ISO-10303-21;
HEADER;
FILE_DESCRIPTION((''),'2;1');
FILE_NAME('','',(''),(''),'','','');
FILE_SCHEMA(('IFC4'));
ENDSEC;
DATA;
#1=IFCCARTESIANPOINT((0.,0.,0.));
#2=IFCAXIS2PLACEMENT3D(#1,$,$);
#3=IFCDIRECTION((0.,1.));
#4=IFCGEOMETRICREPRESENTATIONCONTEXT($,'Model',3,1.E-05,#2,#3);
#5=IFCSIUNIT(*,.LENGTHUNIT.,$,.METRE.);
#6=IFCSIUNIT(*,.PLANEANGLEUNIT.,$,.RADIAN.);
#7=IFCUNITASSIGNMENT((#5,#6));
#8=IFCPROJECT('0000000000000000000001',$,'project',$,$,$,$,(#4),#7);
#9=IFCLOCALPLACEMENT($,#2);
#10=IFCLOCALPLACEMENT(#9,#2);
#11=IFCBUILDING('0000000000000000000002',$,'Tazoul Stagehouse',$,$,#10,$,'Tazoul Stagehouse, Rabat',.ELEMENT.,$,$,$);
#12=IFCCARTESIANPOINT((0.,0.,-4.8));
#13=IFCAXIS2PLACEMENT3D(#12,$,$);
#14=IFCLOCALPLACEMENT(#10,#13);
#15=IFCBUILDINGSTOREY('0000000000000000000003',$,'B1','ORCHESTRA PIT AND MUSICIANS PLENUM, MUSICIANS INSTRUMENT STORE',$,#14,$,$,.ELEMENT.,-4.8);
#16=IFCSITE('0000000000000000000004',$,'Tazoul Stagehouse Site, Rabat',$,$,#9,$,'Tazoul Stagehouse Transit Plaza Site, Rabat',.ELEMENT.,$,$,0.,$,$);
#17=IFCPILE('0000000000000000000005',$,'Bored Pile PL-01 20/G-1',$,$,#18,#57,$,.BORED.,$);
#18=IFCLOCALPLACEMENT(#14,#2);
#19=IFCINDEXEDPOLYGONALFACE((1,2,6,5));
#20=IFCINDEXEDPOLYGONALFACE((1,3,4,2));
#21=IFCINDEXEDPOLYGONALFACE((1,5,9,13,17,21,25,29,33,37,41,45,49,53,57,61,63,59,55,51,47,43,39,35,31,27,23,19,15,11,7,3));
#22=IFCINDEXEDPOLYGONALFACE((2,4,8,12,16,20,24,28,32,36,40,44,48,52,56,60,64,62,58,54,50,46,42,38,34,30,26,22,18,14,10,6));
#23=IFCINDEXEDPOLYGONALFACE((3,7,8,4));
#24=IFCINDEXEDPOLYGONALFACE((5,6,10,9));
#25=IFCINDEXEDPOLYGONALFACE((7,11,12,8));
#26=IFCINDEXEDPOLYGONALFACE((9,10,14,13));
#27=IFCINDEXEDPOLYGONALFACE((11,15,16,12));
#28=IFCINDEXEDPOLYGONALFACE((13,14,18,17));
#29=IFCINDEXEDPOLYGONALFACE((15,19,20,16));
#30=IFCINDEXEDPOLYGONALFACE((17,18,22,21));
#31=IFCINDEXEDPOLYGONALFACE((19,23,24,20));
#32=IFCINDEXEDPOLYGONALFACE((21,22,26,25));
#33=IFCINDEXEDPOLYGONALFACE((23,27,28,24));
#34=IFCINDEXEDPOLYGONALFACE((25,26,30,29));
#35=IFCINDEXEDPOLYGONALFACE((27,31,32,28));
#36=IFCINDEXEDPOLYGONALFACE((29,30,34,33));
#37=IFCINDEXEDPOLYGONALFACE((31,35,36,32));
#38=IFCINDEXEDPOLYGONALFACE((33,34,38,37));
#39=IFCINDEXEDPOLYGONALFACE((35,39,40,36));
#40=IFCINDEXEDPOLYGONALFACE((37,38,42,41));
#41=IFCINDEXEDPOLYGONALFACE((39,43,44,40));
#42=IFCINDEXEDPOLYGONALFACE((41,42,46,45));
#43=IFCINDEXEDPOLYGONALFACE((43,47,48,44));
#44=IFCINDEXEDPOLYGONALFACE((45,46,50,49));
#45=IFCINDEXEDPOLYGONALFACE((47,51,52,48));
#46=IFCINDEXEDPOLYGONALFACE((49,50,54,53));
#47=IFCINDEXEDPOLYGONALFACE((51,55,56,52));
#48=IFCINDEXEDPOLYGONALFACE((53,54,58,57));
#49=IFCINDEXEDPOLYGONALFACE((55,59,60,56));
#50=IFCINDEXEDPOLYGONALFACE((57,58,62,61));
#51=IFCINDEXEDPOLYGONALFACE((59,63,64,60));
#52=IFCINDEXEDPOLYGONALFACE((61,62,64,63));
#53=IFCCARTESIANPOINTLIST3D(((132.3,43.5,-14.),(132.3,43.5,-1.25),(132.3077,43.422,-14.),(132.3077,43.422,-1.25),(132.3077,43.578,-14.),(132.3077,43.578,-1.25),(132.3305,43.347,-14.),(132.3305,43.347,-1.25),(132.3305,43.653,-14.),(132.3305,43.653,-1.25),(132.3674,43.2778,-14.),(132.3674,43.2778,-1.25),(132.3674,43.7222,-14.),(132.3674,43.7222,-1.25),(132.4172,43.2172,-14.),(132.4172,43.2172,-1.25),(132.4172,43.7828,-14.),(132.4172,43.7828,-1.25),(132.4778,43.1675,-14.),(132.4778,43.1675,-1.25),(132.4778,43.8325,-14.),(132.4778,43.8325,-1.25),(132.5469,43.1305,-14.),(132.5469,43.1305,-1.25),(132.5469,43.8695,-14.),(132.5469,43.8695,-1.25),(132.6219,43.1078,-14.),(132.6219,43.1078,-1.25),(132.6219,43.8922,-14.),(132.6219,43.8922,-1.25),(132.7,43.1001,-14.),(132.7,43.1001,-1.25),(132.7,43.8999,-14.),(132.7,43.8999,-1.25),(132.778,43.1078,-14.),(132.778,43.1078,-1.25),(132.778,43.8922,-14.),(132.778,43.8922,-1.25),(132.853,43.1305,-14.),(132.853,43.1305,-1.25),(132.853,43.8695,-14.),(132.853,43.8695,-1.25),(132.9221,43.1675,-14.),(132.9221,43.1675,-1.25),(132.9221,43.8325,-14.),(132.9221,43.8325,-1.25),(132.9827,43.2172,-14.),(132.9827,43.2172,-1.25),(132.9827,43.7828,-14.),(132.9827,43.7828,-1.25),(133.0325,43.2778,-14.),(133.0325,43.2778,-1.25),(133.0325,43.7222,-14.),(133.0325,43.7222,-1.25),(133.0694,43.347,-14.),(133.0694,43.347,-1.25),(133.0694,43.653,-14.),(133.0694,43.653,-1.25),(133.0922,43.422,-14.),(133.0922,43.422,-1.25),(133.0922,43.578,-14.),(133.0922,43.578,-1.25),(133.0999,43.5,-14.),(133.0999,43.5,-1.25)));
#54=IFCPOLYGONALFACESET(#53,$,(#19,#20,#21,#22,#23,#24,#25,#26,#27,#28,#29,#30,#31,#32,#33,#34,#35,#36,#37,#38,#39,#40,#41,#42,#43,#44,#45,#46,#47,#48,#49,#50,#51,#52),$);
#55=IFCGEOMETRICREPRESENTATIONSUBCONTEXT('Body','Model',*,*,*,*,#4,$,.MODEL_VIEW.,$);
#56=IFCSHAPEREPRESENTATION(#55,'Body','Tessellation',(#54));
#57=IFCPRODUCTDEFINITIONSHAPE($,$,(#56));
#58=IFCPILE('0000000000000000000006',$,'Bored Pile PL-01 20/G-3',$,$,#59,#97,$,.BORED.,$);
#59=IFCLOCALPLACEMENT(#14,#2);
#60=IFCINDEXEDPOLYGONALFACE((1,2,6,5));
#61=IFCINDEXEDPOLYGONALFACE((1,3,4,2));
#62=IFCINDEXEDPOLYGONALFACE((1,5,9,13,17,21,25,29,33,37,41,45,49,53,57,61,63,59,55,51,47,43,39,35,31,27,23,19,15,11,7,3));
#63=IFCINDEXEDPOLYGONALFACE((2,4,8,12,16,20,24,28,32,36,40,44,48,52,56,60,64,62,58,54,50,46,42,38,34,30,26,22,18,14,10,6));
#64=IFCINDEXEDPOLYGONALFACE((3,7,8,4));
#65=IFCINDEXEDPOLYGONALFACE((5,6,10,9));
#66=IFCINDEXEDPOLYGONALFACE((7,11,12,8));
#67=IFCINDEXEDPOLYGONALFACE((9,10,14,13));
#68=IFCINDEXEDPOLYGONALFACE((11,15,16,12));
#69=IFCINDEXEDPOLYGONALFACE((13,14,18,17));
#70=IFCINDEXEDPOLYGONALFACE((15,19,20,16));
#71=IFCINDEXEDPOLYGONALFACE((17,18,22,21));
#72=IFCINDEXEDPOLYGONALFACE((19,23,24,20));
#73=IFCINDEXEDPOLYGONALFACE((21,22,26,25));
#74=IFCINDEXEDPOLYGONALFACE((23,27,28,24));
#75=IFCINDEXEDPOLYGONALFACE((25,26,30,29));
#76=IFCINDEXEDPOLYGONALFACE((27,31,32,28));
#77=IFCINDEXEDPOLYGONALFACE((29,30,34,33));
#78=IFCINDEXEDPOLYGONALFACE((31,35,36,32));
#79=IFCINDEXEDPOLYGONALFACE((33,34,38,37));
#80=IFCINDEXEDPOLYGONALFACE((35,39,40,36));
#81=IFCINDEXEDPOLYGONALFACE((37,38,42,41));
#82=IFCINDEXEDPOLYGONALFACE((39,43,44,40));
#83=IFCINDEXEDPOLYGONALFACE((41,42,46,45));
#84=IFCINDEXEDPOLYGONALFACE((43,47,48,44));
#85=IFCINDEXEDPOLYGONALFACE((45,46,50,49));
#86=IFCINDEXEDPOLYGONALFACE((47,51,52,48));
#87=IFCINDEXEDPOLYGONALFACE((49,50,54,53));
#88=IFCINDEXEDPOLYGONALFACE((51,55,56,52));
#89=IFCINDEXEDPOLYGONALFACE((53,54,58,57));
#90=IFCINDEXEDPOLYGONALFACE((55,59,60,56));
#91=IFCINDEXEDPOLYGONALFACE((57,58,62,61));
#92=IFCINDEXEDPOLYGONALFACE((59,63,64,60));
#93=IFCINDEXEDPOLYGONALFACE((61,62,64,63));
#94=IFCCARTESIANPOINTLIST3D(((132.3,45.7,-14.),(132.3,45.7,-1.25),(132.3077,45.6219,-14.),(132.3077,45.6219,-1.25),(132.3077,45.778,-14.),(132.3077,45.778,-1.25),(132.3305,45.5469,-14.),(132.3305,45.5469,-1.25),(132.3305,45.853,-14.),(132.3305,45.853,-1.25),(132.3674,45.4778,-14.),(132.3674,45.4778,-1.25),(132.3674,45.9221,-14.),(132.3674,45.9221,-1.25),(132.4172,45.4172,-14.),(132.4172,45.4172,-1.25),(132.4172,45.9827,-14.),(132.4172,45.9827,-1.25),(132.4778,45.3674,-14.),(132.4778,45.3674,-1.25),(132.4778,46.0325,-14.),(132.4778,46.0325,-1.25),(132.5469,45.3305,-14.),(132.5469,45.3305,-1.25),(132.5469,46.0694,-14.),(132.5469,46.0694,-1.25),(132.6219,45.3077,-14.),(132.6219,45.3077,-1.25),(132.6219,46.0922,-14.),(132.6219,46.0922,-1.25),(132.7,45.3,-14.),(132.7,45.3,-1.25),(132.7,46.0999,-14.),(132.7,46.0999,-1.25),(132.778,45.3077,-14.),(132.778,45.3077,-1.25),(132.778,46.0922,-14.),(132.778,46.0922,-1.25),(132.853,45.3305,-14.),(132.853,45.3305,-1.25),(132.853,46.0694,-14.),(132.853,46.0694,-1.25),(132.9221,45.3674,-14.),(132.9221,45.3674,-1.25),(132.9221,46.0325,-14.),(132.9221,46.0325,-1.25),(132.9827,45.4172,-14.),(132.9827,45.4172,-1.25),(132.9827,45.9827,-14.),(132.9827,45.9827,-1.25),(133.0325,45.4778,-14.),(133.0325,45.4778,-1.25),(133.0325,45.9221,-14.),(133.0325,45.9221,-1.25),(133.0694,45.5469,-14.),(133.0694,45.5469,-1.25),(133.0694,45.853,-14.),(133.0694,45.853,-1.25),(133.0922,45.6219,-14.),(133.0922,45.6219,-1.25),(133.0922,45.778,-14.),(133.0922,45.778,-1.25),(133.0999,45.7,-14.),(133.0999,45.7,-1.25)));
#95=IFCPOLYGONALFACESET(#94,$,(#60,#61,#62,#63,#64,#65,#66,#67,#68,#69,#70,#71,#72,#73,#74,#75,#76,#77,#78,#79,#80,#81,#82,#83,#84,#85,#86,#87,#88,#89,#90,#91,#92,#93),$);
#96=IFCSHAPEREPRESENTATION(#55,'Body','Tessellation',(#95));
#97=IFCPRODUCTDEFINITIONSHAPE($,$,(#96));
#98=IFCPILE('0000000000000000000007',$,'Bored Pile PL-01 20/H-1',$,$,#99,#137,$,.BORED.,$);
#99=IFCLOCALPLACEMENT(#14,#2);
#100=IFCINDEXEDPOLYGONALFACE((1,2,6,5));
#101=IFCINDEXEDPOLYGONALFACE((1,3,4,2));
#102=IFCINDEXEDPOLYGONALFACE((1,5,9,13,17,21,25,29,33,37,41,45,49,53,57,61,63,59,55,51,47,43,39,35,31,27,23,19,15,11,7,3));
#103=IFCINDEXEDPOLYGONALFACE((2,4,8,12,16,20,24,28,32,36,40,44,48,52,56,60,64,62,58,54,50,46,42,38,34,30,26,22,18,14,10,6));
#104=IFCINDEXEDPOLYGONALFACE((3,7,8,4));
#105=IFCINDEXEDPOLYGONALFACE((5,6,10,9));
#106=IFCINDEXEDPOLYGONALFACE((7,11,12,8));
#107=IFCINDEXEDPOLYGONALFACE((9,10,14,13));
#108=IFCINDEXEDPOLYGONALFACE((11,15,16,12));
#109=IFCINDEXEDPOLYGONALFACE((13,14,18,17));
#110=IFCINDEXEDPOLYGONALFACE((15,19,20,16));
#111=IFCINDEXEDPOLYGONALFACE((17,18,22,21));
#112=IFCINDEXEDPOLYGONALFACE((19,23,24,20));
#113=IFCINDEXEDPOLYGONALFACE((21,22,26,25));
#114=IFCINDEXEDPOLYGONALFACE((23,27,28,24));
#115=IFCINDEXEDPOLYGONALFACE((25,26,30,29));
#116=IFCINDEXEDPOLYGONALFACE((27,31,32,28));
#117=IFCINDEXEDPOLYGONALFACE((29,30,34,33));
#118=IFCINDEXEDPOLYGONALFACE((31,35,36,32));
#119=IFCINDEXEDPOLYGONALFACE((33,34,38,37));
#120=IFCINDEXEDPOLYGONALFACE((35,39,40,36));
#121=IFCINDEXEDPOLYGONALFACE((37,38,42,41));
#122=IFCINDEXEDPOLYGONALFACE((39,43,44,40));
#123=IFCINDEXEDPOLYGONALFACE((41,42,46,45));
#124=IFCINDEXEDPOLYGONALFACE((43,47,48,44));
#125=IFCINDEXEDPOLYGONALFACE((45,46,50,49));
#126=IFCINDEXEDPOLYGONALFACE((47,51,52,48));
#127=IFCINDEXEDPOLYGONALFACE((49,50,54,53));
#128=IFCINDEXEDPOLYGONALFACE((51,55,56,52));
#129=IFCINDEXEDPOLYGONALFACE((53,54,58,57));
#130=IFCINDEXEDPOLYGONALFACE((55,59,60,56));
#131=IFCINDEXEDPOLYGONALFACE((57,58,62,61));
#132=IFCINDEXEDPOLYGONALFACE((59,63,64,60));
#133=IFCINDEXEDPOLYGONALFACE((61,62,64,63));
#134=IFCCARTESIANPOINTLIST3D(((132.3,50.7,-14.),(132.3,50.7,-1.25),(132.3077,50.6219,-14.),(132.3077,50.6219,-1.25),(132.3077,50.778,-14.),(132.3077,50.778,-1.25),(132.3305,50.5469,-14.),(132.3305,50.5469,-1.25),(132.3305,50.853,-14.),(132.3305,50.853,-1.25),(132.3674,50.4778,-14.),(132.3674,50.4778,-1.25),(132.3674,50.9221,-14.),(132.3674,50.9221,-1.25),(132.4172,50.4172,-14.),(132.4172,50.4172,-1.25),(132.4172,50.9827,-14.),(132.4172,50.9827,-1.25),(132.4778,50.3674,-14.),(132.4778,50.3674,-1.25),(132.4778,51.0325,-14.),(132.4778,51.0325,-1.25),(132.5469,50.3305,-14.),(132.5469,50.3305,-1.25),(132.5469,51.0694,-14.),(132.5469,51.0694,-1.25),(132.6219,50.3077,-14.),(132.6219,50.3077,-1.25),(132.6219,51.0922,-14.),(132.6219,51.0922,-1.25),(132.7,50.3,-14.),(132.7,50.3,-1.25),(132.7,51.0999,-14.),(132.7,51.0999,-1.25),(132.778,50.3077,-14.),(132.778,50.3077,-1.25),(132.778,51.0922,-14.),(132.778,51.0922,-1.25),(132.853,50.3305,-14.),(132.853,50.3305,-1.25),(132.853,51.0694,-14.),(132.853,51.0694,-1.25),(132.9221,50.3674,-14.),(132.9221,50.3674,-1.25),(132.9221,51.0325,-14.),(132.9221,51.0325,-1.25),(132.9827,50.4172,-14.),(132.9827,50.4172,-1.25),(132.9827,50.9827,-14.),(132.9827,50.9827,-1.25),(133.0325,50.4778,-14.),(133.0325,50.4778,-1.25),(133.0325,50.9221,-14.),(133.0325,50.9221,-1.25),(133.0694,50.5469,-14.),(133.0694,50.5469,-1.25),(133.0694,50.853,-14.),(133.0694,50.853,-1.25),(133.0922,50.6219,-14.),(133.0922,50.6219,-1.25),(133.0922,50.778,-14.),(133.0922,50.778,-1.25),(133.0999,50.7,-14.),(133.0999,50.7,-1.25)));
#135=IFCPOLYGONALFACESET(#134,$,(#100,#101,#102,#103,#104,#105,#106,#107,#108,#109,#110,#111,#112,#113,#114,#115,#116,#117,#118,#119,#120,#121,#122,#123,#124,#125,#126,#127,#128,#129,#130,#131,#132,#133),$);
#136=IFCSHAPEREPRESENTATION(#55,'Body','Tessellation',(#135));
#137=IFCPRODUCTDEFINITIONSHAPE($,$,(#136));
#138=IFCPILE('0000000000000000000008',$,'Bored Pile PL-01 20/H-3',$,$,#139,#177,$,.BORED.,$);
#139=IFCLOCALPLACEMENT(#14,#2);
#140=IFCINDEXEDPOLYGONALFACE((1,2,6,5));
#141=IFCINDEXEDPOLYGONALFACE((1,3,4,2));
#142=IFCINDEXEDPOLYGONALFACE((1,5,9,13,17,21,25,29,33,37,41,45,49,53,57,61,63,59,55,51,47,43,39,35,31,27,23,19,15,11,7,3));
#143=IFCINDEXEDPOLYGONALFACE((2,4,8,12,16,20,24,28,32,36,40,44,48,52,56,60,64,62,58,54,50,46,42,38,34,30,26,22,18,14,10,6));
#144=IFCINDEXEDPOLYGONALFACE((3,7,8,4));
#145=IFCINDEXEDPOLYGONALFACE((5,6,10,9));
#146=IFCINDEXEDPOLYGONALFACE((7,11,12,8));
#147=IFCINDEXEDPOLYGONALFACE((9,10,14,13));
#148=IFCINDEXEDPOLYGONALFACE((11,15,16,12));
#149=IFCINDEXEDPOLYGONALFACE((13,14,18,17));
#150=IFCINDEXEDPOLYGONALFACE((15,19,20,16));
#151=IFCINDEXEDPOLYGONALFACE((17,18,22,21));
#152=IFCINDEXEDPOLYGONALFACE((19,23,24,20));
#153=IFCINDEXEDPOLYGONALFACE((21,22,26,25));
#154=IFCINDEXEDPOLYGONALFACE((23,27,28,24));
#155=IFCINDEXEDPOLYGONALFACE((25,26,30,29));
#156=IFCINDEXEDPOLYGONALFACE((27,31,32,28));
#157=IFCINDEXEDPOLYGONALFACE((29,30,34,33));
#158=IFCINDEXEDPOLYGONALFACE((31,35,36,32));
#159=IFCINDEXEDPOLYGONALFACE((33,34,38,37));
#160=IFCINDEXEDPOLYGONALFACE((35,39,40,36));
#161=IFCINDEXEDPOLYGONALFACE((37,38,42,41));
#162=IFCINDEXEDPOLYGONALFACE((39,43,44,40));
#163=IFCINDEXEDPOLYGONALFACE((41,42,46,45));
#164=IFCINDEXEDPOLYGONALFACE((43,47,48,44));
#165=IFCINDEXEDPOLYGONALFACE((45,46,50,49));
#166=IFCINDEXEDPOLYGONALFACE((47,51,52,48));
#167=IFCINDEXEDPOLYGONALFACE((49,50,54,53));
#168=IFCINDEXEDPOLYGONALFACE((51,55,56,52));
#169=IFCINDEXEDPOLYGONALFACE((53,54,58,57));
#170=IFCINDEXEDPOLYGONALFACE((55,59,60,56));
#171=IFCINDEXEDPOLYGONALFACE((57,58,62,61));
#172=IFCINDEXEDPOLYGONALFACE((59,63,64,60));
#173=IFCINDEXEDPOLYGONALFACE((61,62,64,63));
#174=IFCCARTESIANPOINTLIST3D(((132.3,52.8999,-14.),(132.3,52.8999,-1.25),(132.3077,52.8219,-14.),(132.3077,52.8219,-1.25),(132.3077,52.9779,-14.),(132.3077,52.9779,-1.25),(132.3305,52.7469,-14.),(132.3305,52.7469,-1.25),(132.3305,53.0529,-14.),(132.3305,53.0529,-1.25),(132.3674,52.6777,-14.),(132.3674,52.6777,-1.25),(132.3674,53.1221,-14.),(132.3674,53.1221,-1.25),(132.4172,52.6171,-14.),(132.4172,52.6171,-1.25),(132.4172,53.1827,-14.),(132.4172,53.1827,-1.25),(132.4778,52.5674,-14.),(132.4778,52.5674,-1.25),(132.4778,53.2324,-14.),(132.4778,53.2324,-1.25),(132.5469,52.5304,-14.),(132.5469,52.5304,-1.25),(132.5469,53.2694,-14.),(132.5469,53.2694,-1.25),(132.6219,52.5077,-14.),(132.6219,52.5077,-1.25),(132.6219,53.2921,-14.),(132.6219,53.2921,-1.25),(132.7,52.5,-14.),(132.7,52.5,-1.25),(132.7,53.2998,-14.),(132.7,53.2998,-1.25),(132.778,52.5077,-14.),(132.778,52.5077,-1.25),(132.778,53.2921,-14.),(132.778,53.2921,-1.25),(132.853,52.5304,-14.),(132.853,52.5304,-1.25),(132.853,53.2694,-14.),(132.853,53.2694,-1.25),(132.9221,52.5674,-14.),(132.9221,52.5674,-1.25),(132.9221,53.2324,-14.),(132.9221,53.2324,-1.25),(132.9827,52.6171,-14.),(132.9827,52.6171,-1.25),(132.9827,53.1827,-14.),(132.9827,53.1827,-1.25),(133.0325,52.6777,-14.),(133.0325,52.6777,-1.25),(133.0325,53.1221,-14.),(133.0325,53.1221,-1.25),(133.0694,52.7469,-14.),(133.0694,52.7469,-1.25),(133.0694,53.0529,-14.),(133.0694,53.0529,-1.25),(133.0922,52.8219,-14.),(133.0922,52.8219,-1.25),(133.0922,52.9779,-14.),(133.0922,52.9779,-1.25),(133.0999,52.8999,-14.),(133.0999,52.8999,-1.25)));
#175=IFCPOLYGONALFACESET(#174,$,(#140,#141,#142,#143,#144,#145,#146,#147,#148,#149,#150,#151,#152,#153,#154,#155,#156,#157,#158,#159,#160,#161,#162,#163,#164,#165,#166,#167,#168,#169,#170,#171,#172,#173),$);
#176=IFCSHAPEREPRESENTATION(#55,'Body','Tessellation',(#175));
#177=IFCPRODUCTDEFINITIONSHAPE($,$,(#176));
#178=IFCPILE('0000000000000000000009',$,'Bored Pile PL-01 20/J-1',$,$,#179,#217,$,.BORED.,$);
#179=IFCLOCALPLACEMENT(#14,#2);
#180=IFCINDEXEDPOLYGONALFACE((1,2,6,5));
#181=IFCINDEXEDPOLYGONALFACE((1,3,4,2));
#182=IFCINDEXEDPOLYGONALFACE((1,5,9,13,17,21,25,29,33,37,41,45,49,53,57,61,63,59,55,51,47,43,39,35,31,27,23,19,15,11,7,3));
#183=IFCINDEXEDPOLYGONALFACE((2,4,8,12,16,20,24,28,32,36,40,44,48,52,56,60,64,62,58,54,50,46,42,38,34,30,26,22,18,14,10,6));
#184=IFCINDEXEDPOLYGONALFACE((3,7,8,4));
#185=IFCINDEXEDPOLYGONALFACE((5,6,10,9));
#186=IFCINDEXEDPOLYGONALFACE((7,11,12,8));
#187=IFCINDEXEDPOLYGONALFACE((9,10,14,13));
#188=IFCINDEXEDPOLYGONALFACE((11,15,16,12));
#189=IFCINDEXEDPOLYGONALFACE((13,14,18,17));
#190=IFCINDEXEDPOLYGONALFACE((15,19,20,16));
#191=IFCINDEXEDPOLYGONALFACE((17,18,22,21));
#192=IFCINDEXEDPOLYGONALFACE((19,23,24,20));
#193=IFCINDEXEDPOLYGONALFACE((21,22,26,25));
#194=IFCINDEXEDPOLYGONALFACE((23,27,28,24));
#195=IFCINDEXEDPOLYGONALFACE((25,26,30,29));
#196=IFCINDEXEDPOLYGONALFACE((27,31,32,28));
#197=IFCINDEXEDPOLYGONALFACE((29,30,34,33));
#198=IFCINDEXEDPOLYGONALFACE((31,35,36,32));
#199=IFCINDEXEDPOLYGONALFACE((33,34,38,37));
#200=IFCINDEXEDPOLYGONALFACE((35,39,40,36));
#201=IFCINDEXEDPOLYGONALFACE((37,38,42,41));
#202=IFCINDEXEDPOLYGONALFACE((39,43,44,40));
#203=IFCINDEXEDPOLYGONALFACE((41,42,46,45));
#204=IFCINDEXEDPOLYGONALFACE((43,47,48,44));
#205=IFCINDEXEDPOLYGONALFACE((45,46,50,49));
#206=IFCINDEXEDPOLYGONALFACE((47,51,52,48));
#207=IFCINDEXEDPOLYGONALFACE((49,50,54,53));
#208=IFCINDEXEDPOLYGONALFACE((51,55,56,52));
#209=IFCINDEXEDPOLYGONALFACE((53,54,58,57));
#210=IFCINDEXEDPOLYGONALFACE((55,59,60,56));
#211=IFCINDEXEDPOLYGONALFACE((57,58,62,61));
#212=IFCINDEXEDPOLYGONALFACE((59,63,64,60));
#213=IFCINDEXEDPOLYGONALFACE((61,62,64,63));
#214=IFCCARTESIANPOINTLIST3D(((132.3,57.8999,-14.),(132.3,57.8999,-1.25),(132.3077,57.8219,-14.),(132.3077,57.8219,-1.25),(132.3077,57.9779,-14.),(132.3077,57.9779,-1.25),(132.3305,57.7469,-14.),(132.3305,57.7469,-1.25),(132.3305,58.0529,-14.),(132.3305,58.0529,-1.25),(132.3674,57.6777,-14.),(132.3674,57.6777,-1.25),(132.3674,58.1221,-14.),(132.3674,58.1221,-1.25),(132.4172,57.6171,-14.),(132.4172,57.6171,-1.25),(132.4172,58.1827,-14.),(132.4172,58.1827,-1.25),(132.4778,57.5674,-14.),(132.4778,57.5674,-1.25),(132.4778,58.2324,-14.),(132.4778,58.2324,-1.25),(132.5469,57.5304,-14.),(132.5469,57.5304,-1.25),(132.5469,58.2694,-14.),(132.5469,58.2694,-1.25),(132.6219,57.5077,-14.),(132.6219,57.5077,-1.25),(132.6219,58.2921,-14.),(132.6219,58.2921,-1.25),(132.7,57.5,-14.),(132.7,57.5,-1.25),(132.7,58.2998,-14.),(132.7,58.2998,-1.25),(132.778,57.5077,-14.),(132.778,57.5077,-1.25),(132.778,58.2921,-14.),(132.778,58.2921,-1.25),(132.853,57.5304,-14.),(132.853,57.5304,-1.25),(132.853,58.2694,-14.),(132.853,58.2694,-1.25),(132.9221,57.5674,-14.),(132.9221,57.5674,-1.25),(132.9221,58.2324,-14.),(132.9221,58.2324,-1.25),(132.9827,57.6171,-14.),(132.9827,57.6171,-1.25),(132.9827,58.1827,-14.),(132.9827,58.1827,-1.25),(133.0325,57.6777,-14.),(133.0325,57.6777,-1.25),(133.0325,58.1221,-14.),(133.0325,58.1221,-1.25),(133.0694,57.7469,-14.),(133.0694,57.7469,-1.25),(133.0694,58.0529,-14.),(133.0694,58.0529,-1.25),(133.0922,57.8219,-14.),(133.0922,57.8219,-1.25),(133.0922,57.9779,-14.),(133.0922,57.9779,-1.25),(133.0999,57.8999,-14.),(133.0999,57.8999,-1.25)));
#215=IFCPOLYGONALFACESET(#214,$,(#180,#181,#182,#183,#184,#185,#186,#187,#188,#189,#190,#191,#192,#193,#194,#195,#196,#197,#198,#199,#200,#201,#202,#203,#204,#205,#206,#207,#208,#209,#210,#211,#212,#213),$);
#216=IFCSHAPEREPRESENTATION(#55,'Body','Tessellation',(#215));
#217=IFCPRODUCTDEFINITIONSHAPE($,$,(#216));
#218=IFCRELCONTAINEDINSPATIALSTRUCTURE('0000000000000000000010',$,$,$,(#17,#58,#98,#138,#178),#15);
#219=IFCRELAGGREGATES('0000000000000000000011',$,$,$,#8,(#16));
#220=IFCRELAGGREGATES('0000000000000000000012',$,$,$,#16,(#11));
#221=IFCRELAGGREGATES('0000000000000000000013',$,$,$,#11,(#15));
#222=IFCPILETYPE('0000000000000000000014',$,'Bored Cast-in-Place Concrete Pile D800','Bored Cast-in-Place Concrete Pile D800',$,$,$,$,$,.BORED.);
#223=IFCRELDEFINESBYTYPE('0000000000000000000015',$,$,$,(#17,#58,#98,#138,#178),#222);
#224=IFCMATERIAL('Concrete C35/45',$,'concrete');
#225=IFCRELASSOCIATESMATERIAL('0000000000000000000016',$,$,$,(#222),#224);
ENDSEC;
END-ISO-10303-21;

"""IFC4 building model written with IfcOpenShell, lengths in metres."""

from ifc_helpers import new_model, si_unit, direction, frame, origin, origin_2d, place, context, subcontext, project, spatial, circle, extrude, material, material_profile, profile_set, type_object, element, save


model = new_model("IFC4")

# Units and contexts
model_context = context("Model", 3, precision=1e-05, world=origin(), true_north=direction((0.0, 1.0)))
body_context = subcontext(model_context, "Body", "Model", "MODEL_VIEW")
ifc_project = project(units=[si_unit("LENGTHUNIT", "METRE"), si_unit("PLANEANGLEUNIT", "RADIAN")], contexts=[model_context])

# Site, building, storey
site_placement = place(None, origin())
site = spatial("IfcSite", under=ifc_project, at=site_placement, Name="Tazoul Stagehouse Site, Rabat", LongName="Tazoul Stagehouse Transit Plaza Site, Rabat", CompositionType="ELEMENT", RefElevation=0.0)
building_placement = place(site_placement, origin())
building = spatial("IfcBuilding", under=site, at=building_placement, Name="Tazoul Stagehouse", LongName="Tazoul Stagehouse, Rabat", CompositionType="ELEMENT")
storey_placement = place(building_placement, frame((0.0, 0.0, -4.8)))
storey = spatial("IfcBuildingStorey", under=building, at=storey_placement, Name="B1", Description="ORCHESTRA PIT AND MUSICIANS PLENUM, MUSICIANS INSTRUMENT STORE", CompositionType="ELEMENT", Elevation=-4.8)

# Piles
ifc_material_1 = material(Name="Concrete C35/45", Category="concrete")
ifc_material_profile_1 = material_profile(ifc_material_1, circle(Radius=0.3999, at=origin_2d()), Name="BORED PILE 800")
ifc_profile_set_1 = profile_set([ifc_material_profile_1], Name="Concrete C35/45")
pile_type = type_object("IfcPileType", Name="Bored Cast-in-Place Concrete Pile D800", Description="Bored Cast-in-Place Concrete Pile D800", PredefinedType="BORED", material=ifc_profile_set_1)
for number, where, z_axis, x_axis, name in (
    (1, (132.7, 43.5, -1.25), (0.0, 0.0, -1.0), (1.0, 0.0, 0.0), "Bored Pile PL-01 20/G-1"),
    (2, (132.7, 45.7, -1.25), (0.0, 0.0, -1.0), (1.0, 0.0, 0.0), "Bored Pile PL-01 20/G-3"),
    (3, (132.7, 50.7, -1.25), (0.0, 0.0, -1.0), (1.0, 0.0, 0.0), "Bored Pile PL-01 20/H-1"),
    (4, (132.7, 52.8999, -1.25), (0.0, 0.0, -1.0), (1.0, 0.0, 0.0), "Bored Pile PL-01 20/H-3"),
    (5, (132.7, 57.8999, -1.25), (0.0, 0.0, -1.0), (1.0, 0.0, 0.0), "Bored Pile PL-01 20/J-1"),
):
    element("IfcPile", number, at=place(storey_placement, frame(where, z_axis=z_axis, x_axis=x_axis)), inside=storey, type_object=pile_type, Name=name, PredefinedType="BORED", context=body_context, shape_type="SweptSolid", body=[
        extrude(circle(Radius=0.3999, at=origin_2d()), origin(), (0.0, 0.0, 1.0), 12.75),
    ])

save(model, "model.ifc")
